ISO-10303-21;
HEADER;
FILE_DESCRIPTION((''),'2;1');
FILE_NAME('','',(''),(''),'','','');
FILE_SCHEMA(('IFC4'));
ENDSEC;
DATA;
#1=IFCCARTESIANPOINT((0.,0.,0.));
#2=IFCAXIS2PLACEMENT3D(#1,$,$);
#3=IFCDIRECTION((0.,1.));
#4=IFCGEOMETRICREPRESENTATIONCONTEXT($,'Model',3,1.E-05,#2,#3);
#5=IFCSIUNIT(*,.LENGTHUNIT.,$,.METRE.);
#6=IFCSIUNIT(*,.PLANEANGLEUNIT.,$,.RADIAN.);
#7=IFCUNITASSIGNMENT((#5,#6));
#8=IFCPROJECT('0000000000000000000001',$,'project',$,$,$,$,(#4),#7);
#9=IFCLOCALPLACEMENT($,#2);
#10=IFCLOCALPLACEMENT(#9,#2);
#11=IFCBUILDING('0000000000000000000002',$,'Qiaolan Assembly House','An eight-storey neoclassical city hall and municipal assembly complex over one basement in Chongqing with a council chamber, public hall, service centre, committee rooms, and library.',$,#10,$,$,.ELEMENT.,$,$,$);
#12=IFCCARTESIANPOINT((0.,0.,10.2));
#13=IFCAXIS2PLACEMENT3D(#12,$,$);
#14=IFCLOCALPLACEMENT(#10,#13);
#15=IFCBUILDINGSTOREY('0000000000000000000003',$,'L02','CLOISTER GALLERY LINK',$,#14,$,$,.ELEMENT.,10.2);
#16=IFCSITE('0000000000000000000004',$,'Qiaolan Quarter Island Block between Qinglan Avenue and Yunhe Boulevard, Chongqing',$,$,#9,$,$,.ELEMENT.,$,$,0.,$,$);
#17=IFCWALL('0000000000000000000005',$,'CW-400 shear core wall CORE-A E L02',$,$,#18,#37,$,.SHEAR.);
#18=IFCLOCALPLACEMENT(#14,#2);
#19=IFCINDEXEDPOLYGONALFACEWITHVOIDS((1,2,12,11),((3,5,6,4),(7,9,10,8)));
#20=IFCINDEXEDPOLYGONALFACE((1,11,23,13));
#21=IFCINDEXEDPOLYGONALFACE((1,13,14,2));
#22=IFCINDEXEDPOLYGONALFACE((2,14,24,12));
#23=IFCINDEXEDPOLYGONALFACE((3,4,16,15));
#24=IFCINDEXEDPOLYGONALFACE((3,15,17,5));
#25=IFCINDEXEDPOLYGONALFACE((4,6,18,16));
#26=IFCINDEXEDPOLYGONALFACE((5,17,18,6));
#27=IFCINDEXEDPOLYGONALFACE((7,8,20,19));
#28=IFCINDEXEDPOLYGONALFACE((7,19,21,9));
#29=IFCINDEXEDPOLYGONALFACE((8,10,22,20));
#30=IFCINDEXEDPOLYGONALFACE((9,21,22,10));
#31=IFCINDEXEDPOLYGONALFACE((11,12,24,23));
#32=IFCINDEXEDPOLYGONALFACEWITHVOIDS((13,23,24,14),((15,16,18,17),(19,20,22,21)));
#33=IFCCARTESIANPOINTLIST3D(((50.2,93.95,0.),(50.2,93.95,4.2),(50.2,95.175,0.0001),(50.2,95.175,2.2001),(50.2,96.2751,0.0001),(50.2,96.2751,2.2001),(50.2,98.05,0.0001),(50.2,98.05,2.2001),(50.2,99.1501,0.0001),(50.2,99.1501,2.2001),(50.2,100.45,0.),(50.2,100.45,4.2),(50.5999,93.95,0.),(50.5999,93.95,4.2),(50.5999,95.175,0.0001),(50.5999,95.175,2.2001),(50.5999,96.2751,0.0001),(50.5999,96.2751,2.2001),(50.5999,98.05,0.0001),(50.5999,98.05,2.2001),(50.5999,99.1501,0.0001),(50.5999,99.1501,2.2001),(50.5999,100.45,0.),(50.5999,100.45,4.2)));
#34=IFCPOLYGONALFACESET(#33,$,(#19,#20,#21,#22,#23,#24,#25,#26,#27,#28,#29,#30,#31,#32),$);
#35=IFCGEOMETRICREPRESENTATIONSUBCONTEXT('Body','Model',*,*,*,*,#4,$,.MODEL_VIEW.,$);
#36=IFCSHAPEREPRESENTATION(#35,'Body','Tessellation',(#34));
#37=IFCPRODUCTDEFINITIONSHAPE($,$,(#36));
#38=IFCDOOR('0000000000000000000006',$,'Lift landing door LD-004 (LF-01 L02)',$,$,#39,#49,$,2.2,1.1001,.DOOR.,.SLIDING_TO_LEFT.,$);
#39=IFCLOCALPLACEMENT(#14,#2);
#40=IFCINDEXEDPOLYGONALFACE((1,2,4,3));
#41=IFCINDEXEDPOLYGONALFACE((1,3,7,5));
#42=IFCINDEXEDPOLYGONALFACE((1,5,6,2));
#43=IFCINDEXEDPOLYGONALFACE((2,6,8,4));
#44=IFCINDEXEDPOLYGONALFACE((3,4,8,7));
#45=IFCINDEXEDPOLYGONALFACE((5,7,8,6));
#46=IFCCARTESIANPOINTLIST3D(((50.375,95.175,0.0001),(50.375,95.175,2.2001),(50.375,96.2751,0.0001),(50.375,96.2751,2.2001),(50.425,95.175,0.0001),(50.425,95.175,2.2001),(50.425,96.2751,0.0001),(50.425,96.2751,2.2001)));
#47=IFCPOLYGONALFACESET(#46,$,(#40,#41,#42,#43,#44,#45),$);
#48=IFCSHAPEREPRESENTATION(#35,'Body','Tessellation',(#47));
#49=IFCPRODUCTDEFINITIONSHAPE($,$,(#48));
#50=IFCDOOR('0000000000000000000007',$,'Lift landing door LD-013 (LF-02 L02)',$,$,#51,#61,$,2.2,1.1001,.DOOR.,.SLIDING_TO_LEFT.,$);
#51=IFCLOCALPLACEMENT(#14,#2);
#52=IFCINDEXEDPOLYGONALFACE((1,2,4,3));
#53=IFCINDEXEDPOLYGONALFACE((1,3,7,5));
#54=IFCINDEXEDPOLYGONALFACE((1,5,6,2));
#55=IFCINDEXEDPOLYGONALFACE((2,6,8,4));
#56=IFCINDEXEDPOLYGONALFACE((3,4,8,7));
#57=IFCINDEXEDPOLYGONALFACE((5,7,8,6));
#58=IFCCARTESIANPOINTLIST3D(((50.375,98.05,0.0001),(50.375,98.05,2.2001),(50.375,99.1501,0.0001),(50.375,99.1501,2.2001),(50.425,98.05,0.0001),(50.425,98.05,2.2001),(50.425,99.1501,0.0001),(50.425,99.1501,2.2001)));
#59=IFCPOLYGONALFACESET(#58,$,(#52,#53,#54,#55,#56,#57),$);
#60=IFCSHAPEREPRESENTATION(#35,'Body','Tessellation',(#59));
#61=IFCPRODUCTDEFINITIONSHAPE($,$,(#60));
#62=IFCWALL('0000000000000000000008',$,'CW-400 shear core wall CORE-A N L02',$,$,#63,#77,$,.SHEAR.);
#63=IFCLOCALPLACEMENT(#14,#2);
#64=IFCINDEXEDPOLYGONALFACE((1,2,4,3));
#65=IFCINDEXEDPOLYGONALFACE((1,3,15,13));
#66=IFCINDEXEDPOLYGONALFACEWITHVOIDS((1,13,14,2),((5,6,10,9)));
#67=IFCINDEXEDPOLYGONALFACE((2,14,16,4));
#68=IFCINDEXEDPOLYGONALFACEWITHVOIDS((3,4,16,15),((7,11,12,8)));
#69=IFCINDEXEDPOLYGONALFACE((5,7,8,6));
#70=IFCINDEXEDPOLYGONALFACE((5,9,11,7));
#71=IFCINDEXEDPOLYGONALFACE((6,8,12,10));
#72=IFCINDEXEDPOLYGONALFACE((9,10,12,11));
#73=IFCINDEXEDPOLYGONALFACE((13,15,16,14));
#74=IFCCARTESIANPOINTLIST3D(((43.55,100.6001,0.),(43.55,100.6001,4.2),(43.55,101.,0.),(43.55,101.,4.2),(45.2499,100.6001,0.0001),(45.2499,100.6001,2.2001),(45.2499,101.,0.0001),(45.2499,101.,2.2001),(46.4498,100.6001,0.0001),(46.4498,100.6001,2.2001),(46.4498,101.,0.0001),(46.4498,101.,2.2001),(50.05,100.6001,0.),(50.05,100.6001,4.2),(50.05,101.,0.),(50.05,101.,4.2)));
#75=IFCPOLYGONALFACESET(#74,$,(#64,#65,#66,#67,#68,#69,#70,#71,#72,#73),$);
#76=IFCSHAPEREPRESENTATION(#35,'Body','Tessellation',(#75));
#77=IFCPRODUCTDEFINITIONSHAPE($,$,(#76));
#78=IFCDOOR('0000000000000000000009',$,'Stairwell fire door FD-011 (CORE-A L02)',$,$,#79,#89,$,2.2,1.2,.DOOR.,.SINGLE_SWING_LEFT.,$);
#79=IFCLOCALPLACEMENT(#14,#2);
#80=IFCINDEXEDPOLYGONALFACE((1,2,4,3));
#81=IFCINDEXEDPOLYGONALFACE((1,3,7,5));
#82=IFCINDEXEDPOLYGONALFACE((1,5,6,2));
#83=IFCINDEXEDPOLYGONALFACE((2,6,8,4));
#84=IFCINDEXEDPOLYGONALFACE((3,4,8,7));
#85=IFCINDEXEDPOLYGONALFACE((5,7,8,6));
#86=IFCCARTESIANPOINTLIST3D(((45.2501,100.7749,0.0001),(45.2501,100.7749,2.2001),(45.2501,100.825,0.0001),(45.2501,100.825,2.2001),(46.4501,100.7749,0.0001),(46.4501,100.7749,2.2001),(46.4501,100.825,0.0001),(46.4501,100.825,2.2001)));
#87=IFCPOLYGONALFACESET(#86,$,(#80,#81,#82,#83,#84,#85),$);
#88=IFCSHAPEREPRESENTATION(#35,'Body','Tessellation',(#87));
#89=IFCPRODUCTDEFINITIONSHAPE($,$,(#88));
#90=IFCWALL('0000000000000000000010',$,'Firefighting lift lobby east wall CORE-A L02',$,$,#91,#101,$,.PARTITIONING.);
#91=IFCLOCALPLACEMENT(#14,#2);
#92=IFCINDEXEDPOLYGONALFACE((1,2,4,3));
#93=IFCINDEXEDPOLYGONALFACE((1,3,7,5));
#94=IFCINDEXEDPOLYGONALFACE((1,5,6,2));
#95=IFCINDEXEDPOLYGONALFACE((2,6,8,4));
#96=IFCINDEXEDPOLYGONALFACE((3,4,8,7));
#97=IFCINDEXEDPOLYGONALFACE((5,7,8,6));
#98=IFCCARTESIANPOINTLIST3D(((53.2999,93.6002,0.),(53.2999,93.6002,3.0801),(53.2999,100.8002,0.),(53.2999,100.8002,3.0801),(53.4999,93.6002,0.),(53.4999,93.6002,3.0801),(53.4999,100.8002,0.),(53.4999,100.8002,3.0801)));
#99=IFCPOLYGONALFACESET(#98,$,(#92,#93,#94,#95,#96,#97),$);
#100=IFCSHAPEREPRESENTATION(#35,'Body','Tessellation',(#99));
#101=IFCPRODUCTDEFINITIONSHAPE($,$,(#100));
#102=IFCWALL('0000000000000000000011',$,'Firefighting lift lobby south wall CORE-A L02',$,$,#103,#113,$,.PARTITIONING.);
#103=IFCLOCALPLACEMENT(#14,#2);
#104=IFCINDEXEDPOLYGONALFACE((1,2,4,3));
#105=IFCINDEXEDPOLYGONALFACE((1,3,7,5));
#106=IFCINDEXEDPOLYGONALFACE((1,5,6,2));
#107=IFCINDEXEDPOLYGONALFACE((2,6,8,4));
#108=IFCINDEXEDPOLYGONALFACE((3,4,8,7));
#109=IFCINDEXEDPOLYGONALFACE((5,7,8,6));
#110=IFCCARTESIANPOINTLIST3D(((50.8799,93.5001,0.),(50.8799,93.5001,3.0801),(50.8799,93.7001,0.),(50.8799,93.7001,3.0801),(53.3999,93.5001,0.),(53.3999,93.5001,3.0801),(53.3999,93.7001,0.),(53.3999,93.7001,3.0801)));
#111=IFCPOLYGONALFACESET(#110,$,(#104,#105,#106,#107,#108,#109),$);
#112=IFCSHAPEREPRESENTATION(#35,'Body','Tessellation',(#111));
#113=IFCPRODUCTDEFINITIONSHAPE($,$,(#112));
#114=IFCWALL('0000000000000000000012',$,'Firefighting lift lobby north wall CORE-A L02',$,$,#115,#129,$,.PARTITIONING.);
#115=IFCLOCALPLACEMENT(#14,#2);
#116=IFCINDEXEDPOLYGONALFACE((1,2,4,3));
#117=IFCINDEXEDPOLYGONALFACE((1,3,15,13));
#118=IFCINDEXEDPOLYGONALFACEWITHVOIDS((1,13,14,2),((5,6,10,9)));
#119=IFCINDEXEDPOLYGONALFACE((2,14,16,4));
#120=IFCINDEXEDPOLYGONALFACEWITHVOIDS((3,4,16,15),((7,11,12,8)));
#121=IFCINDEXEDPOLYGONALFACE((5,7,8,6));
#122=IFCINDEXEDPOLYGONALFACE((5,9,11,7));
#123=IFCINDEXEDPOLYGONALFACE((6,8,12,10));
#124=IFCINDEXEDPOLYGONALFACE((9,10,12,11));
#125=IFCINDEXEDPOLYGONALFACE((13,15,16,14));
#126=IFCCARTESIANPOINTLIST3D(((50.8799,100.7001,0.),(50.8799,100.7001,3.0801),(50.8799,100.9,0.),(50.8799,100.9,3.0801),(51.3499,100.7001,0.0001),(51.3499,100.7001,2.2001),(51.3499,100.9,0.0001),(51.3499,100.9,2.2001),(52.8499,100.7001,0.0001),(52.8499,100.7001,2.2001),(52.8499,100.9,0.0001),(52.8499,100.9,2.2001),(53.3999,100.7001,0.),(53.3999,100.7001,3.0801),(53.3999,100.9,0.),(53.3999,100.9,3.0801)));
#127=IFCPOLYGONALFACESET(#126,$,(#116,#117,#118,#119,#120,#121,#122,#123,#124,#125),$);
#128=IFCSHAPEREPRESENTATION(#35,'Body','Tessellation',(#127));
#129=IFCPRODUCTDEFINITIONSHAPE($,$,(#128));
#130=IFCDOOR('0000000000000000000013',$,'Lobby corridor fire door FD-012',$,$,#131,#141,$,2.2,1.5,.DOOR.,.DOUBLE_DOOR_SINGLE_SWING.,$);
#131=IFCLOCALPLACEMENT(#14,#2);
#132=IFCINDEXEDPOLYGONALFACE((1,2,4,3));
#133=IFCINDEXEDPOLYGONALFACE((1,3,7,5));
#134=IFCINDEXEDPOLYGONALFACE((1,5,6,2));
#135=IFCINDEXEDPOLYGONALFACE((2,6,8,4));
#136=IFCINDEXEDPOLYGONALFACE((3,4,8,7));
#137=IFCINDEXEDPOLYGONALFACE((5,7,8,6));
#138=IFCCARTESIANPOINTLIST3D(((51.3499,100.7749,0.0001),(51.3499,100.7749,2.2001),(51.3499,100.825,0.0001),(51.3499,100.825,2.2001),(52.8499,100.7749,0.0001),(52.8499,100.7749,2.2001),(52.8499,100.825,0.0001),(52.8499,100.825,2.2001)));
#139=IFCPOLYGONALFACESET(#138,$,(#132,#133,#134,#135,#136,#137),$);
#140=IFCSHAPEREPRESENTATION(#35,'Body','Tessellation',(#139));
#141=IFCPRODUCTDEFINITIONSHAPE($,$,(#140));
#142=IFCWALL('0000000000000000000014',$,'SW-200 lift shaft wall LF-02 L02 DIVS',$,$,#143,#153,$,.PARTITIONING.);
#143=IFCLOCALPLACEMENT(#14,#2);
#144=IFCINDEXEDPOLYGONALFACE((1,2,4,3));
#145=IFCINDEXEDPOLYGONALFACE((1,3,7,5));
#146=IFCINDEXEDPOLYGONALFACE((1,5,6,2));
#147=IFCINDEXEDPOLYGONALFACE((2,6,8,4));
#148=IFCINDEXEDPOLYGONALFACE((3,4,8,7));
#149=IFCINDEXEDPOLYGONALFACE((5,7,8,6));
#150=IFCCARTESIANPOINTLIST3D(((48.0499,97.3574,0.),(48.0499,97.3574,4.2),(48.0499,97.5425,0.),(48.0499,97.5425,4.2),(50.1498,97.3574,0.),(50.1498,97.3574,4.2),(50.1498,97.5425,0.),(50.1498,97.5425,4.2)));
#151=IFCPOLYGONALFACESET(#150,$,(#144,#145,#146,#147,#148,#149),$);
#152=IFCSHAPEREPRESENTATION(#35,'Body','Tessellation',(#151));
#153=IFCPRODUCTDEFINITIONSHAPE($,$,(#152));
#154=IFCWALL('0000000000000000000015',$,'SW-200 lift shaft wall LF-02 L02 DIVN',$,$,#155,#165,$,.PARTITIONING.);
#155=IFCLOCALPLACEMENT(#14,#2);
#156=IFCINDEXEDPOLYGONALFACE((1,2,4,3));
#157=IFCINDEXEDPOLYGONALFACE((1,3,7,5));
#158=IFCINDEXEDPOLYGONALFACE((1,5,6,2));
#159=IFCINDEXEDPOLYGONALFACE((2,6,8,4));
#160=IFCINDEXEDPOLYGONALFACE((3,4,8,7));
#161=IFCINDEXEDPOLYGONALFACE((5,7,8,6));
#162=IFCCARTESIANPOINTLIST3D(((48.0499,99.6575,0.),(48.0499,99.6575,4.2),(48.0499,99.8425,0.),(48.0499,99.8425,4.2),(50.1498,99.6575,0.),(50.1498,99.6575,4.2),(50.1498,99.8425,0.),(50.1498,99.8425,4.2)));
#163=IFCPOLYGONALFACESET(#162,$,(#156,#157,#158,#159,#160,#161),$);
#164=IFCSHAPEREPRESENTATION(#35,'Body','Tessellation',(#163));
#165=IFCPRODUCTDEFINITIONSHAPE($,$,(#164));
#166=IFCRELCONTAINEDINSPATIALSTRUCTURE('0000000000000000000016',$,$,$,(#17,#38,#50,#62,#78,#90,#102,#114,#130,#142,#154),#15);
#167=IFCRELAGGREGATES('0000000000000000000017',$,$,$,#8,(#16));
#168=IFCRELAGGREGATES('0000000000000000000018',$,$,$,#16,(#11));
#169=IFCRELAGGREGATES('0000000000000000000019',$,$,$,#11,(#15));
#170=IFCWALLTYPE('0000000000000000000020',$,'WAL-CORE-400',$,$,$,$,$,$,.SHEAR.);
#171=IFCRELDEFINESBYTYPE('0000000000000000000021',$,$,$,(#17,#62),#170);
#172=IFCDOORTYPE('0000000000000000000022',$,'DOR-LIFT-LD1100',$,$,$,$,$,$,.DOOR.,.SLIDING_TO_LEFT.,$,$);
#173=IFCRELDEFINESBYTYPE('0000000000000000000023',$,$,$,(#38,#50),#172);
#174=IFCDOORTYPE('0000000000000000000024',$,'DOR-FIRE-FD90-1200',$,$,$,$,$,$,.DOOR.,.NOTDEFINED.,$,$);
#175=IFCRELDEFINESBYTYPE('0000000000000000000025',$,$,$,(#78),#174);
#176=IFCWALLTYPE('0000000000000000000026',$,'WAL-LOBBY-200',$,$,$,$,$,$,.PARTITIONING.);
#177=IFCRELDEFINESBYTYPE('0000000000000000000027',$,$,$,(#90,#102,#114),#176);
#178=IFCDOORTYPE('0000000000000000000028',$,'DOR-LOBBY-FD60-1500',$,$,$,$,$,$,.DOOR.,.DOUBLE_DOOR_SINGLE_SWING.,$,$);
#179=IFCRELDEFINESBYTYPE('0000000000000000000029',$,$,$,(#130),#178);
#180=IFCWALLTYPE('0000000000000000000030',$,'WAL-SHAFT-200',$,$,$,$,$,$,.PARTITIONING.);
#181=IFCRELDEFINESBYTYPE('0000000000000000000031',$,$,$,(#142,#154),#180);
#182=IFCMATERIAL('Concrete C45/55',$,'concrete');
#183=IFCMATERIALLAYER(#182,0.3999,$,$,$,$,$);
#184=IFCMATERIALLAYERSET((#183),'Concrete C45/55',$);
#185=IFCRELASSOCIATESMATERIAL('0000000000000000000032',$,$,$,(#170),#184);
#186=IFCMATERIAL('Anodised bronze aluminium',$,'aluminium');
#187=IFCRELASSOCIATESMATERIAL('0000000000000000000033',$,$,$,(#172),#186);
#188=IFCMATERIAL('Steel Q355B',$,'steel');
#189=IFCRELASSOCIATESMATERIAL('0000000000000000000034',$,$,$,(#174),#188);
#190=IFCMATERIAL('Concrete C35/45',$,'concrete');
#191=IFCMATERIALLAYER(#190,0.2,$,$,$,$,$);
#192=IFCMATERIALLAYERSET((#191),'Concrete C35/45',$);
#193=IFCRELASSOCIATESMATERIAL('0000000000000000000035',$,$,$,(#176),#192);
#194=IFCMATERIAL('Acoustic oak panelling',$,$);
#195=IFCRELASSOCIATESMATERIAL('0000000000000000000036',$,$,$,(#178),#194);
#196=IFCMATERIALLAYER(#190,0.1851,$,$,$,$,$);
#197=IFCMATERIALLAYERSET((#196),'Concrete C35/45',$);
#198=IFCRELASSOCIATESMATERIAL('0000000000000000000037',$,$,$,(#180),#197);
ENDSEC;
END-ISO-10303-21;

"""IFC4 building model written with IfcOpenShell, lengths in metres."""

from ifc_helpers import new_model, si_unit, direction, frame, frame_2d, origin, place, context, subcontext, project, spatial, rectangle, extrude, material, layer, layer_set, type_object, element, fill, save


model = new_model("IFC4")

# Units and contexts
model_context = context("Model", 3, precision=1e-05, world=origin(), true_north=direction((0.0, 1.0)))
body_context = subcontext(model_context, "Body", "Model", "MODEL_VIEW")
ifc_project = project(units=[si_unit("LENGTHUNIT", "METRE"), si_unit("PLANEANGLEUNIT", "RADIAN")], contexts=[model_context])

# Site, building, storey
site_placement = place(None, origin())
site = spatial("IfcSite", under=ifc_project, at=site_placement, Name="Qiaolan Quarter Island Block between Qinglan Avenue and Yunhe Boulevard, Chongqing", CompositionType="ELEMENT", RefElevation=0.0)
building_placement = place(site_placement, origin())
building = spatial("IfcBuilding", under=site, at=building_placement, Name="Qiaolan Assembly House", Description="An eight-storey neoclassical city hall and municipal assembly complex over one basement in Chongqing with a council chamber, public hall, service centre, committee rooms, and library.", CompositionType="ELEMENT")
storey_placement = place(building_placement, frame((0.0, 0.0, 10.2)))
storey = spatial("IfcBuildingStorey", under=building, at=storey_placement, Name="L02", Description="CLOISTER GALLERY LINK", CompositionType="ELEMENT", Elevation=10.2)

# Shared definitions
ifc_material_1 = material(Name="Concrete C45/55", Category="concrete")

# Wall, openings, doors
ifc_layer_1 = layer(ifc_material_1, 0.3999)
ifc_layer_set_1 = layer_set([ifc_layer_1], Name="Concrete C45/55")
wall_type_1 = type_object("IfcWallType", Name="WAL-CORE-400", PredefinedType="SHEAR", material=ifc_layer_set_1)
wall_1_placement = place(storey_placement, frame((50.3999, 93.95, 0.0), z_axis=(0.0, 0.0, 1.0), x_axis=(0.0, 1.0, 0.0)))
wall_1 = element("IfcWall", 1, at=wall_1_placement, inside=storey, type_object=wall_type_1, Name="CW-400 shear core wall CORE-A E L02", PredefinedType="SHEAR", context=body_context, shape_type="SweptSolid", body=[
    extrude(rectangle(XDim=6.5, YDim=0.3999, at=frame_2d((3.25, 0.0))), origin(), (0.0, 0.0, 1.0), 4.2),
])
opening_1_placement = place(wall_1_placement, frame((1.2251, 0.0, 0.0)))
opening_1 = element("IfcOpeningElement", 2, at=opening_1_placement, cuts=wall_1, PredefinedType="OPENING", context=body_context, shape_type="SweptSolid", body=[
    extrude(rectangle(XDim=1.1001, YDim=2.2, at=frame_2d((0.55, 1.1001))), frame((0.0, 0.21, 0.0), z_axis=(0.0, -1.0, 0.0), x_axis=(1.0, 0.0, 0.0)), (0.0, 0.0, 1.0), 0.4199),
])
opening_2_placement = place(wall_1_placement, frame((4.1001, 0.0, 0.0)))
opening_2 = element("IfcOpeningElement", 3, at=opening_2_placement, cuts=wall_1, PredefinedType="OPENING", context=body_context, shape_type="SweptSolid", body=[
    extrude(rectangle(XDim=1.1001, YDim=2.2, at=frame_2d((0.55, 1.1001))), frame((0.0, 0.21, 0.0), z_axis=(0.0, -1.0, 0.0), x_axis=(1.0, 0.0, 0.0)), (0.0, 0.0, 1.0), 0.4199),
])
ifc_material_2 = material(Name="Anodised bronze aluminium", Category="aluminium")
door_type_1 = type_object("IfcDoorType", Name="DOR-LIFT-LD1100", OperationType="SLIDING_TO_LEFT", PredefinedType="DOOR", material=ifc_material_2)
door_1_placement = place(opening_1_placement, origin())
door_1 = element("IfcDoor", 4, at=door_1_placement, inside=storey, type_object=door_type_1, Name="Lift landing door LD-004 (LF-01 L02)", OperationType="SLIDING_TO_LEFT", OverallHeight=2.2, OverallWidth=1.1001, PredefinedType="DOOR", context=body_context, shape_type="SweptSolid", body=[
    extrude(rectangle(XDim=1.1001, YDim=2.2, at=frame_2d((0.55, 1.1001))), frame((0.0, 0.0249, 0.0), z_axis=(0.0, -1.0, 0.0), x_axis=(1.0, 0.0, 0.0)), (0.0, 0.0, 1.0), 0.05),
])
fill(opening_1, door_1)
door_2_placement = place(opening_2_placement, origin())
door_2 = element("IfcDoor", 5, at=door_2_placement, inside=storey, type_object=door_type_1, Name="Lift landing door LD-013 (LF-02 L02)", OperationType="SLIDING_TO_LEFT", OverallHeight=2.2, OverallWidth=1.1001, PredefinedType="DOOR", context=body_context, shape_type="SweptSolid", body=[
    extrude(rectangle(XDim=1.1001, YDim=2.2, at=frame_2d((0.55, 1.1001))), frame((0.0, 0.0249, 0.0), z_axis=(0.0, -1.0, 0.0), x_axis=(1.0, 0.0, 0.0)), (0.0, 0.0, 1.0), 0.05),
])
fill(opening_2, door_2)

# Wall, opening, door
wall_2_placement = place(storey_placement, frame((50.05, 100.8, 0.0), z_axis=(0.0, 0.0, 1.0), x_axis=(-1.0, 0.0, 0.0)))
wall_2 = element("IfcWall", 6, at=wall_2_placement, inside=storey, type_object=wall_type_1, Name="CW-400 shear core wall CORE-A N L02", PredefinedType="SHEAR", context=body_context, shape_type="SweptSolid", body=[
    extrude(rectangle(XDim=6.5, YDim=0.3999, at=frame_2d((3.25, 0.0))), origin(), (0.0, 0.0, 1.0), 4.2),
])
opening_3_placement = place(wall_2_placement, frame((3.6001, 0.0, 0.0)))
opening_3 = element("IfcOpeningElement", 7, at=opening_3_placement, cuts=wall_2, PredefinedType="OPENING", context=body_context, shape_type="SweptSolid", body=[
    extrude(rectangle(XDim=1.2, YDim=2.2, at=frame_2d((0.6001, 1.1001))), frame((0.0, 0.21, 0.0), z_axis=(0.0, -1.0, 0.0), x_axis=(1.0, 0.0, 0.0)), (0.0, 0.0, 1.0), 0.4199),
])
ifc_material_3 = material(Name="Steel Q355B", Category="steel")
door_type_2 = type_object("IfcDoorType", Name="DOR-FIRE-FD90-1200", OperationType="NOTDEFINED", PredefinedType="DOOR", material=ifc_material_3)
door_3_placement = place(opening_3_placement, frame((1.2, 0.0, 0.0), z_axis=(0.0, 0.0, 1.0), x_axis=(-1.0, 0.0, 0.0)))
door_3 = element("IfcDoor", 8, at=door_3_placement, inside=storey, type_object=door_type_2, Name="Stairwell fire door FD-011 (CORE-A L02)", OperationType="SINGLE_SWING_LEFT", OverallHeight=2.2, OverallWidth=1.2, PredefinedType="DOOR", context=body_context, shape_type="SweptSolid", body=[
    extrude(rectangle(XDim=1.2, YDim=2.2, at=frame_2d((0.6001, 1.1001))), frame((0.0, 0.0249, 0.0), z_axis=(0.0, -1.0, 0.0), x_axis=(1.0, 0.0, 0.0)), (0.0, 0.0, 1.0), 0.05),
])
fill(opening_3, door_3)

# Walls
ifc_material_4 = material(Name="Concrete C35/45", Category="concrete")
ifc_layer_2 = layer(ifc_material_4, 0.2)
ifc_layer_set_2 = layer_set([ifc_layer_2], Name="Concrete C35/45")
wall_type_2 = type_object("IfcWallType", Name="WAL-LOBBY-200", PredefinedType="PARTITIONING", material=ifc_layer_set_2)
wall_3_placement = place(storey_placement, frame((53.3999, 93.6001, 0.0), z_axis=(0.0, 0.0, 1.0), x_axis=(0.0, 1.0, 0.0)))
element("IfcWall", 9, at=wall_3_placement, inside=storey, type_object=wall_type_2, Name="Firefighting lift lobby east wall CORE-A L02", PredefinedType="PARTITIONING", context=body_context, shape_type="SweptSolid", body=[
    extrude(rectangle(XDim=7.2, YDim=0.2, at=frame_2d((3.6001, 0.0))), origin(), (0.0, 0.0, 1.0), 3.0801),
])
wall_4_placement = place(storey_placement, frame((50.8799, 93.6001, 0.0), z_axis=(0.0, 0.0, 1.0), x_axis=(1.0, 0.0, 0.0)))
element("IfcWall", 10, at=wall_4_placement, inside=storey, type_object=wall_type_2, Name="Firefighting lift lobby south wall CORE-A L02", PredefinedType="PARTITIONING", context=body_context, shape_type="SweptSolid", body=[
    extrude(rectangle(XDim=2.52, YDim=0.2, at=frame_2d((1.26, 0.0))), origin(), (0.0, 0.0, 1.0), 3.0801),
])

# Wall, opening, door
wall_5_placement = place(storey_placement, frame((53.3999, 100.8, 0.0), z_axis=(0.0, 0.0, 1.0), x_axis=(-1.0, 0.0, 0.0)))
wall_5 = element("IfcWall", 11, at=wall_5_placement, inside=storey, type_object=wall_type_2, Name="Firefighting lift lobby north wall CORE-A L02", PredefinedType="PARTITIONING", context=body_context, shape_type="SweptSolid", body=[
    extrude(rectangle(XDim=2.52, YDim=0.2, at=frame_2d((1.26, 0.0))), origin(), (0.0, 0.0, 1.0), 3.0801),
])
opening_4_placement = place(wall_5_placement, frame((0.55, 0.0, 0.0)))
opening_4 = element("IfcOpeningElement", 12, at=opening_4_placement, cuts=wall_5, PredefinedType="OPENING", context=body_context, shape_type="SweptSolid", body=[
    extrude(rectangle(XDim=1.5, YDim=2.2, at=frame_2d((0.75, 1.1001))), frame((0.0, 0.1099, 0.0), z_axis=(0.0, -1.0, 0.0), x_axis=(1.0, 0.0, 0.0)), (0.0, 0.0, 1.0), 0.22),
])
ifc_material_5 = material(Name="Acoustic oak panelling")
door_type_3 = type_object("IfcDoorType", Name="DOR-LOBBY-FD60-1500", OperationType="DOUBLE_DOOR_SINGLE_SWING", PredefinedType="DOOR", material=ifc_material_5)
door_4_placement = place(opening_4_placement, frame((1.5, 0.0, 0.0), z_axis=(0.0, 0.0, 1.0), x_axis=(-1.0, 0.0, 0.0)))
door_4 = element("IfcDoor", 13, at=door_4_placement, inside=storey, type_object=door_type_3, Name="Lobby corridor fire door FD-012", OperationType="DOUBLE_DOOR_SINGLE_SWING", OverallHeight=2.2, OverallWidth=1.5, PredefinedType="DOOR", context=body_context, shape_type="SweptSolid", body=[
    extrude(rectangle(XDim=1.5, YDim=2.2, at=frame_2d((0.75, 1.1001))), frame((0.0, 0.0249, 0.0), z_axis=(0.0, -1.0, 0.0), x_axis=(1.0, 0.0, 0.0)), (0.0, 0.0, 1.0), 0.05),
])
fill(opening_4, door_4)

# Walls
ifc_layer_3 = layer(ifc_material_4, 0.1851)
ifc_layer_set_3 = layer_set([ifc_layer_3], Name="Concrete C35/45")
wall_type_3 = type_object("IfcWallType", Name="WAL-SHAFT-200", PredefinedType="PARTITIONING", material=ifc_layer_set_3)
for number, where, z_axis, x_axis, name in (
    (14, (48.05, 97.45, 0.0), (0.0, 0.0, 1.0), (1.0, 0.0, 0.0), "SW-200 lift shaft wall LF-02 L02 DIVS"),
    (15, (48.05, 99.75, 0.0), (0.0, 0.0, 1.0), (1.0, 0.0, 0.0), "SW-200 lift shaft wall LF-02 L02 DIVN"),
):
    element("IfcWall", number, at=place(storey_placement, frame(where, z_axis=z_axis, x_axis=x_axis)), inside=storey, type_object=wall_type_3, Name=name, PredefinedType="PARTITIONING", context=body_context, shape_type="SweptSolid", body=[
        extrude(rectangle(XDim=2.0999, YDim=0.1851, at=frame_2d((1.0498, 0.0))), origin(), (0.0, 0.0, 1.0), 4.2),
    ])

save(model, "model.ifc")
